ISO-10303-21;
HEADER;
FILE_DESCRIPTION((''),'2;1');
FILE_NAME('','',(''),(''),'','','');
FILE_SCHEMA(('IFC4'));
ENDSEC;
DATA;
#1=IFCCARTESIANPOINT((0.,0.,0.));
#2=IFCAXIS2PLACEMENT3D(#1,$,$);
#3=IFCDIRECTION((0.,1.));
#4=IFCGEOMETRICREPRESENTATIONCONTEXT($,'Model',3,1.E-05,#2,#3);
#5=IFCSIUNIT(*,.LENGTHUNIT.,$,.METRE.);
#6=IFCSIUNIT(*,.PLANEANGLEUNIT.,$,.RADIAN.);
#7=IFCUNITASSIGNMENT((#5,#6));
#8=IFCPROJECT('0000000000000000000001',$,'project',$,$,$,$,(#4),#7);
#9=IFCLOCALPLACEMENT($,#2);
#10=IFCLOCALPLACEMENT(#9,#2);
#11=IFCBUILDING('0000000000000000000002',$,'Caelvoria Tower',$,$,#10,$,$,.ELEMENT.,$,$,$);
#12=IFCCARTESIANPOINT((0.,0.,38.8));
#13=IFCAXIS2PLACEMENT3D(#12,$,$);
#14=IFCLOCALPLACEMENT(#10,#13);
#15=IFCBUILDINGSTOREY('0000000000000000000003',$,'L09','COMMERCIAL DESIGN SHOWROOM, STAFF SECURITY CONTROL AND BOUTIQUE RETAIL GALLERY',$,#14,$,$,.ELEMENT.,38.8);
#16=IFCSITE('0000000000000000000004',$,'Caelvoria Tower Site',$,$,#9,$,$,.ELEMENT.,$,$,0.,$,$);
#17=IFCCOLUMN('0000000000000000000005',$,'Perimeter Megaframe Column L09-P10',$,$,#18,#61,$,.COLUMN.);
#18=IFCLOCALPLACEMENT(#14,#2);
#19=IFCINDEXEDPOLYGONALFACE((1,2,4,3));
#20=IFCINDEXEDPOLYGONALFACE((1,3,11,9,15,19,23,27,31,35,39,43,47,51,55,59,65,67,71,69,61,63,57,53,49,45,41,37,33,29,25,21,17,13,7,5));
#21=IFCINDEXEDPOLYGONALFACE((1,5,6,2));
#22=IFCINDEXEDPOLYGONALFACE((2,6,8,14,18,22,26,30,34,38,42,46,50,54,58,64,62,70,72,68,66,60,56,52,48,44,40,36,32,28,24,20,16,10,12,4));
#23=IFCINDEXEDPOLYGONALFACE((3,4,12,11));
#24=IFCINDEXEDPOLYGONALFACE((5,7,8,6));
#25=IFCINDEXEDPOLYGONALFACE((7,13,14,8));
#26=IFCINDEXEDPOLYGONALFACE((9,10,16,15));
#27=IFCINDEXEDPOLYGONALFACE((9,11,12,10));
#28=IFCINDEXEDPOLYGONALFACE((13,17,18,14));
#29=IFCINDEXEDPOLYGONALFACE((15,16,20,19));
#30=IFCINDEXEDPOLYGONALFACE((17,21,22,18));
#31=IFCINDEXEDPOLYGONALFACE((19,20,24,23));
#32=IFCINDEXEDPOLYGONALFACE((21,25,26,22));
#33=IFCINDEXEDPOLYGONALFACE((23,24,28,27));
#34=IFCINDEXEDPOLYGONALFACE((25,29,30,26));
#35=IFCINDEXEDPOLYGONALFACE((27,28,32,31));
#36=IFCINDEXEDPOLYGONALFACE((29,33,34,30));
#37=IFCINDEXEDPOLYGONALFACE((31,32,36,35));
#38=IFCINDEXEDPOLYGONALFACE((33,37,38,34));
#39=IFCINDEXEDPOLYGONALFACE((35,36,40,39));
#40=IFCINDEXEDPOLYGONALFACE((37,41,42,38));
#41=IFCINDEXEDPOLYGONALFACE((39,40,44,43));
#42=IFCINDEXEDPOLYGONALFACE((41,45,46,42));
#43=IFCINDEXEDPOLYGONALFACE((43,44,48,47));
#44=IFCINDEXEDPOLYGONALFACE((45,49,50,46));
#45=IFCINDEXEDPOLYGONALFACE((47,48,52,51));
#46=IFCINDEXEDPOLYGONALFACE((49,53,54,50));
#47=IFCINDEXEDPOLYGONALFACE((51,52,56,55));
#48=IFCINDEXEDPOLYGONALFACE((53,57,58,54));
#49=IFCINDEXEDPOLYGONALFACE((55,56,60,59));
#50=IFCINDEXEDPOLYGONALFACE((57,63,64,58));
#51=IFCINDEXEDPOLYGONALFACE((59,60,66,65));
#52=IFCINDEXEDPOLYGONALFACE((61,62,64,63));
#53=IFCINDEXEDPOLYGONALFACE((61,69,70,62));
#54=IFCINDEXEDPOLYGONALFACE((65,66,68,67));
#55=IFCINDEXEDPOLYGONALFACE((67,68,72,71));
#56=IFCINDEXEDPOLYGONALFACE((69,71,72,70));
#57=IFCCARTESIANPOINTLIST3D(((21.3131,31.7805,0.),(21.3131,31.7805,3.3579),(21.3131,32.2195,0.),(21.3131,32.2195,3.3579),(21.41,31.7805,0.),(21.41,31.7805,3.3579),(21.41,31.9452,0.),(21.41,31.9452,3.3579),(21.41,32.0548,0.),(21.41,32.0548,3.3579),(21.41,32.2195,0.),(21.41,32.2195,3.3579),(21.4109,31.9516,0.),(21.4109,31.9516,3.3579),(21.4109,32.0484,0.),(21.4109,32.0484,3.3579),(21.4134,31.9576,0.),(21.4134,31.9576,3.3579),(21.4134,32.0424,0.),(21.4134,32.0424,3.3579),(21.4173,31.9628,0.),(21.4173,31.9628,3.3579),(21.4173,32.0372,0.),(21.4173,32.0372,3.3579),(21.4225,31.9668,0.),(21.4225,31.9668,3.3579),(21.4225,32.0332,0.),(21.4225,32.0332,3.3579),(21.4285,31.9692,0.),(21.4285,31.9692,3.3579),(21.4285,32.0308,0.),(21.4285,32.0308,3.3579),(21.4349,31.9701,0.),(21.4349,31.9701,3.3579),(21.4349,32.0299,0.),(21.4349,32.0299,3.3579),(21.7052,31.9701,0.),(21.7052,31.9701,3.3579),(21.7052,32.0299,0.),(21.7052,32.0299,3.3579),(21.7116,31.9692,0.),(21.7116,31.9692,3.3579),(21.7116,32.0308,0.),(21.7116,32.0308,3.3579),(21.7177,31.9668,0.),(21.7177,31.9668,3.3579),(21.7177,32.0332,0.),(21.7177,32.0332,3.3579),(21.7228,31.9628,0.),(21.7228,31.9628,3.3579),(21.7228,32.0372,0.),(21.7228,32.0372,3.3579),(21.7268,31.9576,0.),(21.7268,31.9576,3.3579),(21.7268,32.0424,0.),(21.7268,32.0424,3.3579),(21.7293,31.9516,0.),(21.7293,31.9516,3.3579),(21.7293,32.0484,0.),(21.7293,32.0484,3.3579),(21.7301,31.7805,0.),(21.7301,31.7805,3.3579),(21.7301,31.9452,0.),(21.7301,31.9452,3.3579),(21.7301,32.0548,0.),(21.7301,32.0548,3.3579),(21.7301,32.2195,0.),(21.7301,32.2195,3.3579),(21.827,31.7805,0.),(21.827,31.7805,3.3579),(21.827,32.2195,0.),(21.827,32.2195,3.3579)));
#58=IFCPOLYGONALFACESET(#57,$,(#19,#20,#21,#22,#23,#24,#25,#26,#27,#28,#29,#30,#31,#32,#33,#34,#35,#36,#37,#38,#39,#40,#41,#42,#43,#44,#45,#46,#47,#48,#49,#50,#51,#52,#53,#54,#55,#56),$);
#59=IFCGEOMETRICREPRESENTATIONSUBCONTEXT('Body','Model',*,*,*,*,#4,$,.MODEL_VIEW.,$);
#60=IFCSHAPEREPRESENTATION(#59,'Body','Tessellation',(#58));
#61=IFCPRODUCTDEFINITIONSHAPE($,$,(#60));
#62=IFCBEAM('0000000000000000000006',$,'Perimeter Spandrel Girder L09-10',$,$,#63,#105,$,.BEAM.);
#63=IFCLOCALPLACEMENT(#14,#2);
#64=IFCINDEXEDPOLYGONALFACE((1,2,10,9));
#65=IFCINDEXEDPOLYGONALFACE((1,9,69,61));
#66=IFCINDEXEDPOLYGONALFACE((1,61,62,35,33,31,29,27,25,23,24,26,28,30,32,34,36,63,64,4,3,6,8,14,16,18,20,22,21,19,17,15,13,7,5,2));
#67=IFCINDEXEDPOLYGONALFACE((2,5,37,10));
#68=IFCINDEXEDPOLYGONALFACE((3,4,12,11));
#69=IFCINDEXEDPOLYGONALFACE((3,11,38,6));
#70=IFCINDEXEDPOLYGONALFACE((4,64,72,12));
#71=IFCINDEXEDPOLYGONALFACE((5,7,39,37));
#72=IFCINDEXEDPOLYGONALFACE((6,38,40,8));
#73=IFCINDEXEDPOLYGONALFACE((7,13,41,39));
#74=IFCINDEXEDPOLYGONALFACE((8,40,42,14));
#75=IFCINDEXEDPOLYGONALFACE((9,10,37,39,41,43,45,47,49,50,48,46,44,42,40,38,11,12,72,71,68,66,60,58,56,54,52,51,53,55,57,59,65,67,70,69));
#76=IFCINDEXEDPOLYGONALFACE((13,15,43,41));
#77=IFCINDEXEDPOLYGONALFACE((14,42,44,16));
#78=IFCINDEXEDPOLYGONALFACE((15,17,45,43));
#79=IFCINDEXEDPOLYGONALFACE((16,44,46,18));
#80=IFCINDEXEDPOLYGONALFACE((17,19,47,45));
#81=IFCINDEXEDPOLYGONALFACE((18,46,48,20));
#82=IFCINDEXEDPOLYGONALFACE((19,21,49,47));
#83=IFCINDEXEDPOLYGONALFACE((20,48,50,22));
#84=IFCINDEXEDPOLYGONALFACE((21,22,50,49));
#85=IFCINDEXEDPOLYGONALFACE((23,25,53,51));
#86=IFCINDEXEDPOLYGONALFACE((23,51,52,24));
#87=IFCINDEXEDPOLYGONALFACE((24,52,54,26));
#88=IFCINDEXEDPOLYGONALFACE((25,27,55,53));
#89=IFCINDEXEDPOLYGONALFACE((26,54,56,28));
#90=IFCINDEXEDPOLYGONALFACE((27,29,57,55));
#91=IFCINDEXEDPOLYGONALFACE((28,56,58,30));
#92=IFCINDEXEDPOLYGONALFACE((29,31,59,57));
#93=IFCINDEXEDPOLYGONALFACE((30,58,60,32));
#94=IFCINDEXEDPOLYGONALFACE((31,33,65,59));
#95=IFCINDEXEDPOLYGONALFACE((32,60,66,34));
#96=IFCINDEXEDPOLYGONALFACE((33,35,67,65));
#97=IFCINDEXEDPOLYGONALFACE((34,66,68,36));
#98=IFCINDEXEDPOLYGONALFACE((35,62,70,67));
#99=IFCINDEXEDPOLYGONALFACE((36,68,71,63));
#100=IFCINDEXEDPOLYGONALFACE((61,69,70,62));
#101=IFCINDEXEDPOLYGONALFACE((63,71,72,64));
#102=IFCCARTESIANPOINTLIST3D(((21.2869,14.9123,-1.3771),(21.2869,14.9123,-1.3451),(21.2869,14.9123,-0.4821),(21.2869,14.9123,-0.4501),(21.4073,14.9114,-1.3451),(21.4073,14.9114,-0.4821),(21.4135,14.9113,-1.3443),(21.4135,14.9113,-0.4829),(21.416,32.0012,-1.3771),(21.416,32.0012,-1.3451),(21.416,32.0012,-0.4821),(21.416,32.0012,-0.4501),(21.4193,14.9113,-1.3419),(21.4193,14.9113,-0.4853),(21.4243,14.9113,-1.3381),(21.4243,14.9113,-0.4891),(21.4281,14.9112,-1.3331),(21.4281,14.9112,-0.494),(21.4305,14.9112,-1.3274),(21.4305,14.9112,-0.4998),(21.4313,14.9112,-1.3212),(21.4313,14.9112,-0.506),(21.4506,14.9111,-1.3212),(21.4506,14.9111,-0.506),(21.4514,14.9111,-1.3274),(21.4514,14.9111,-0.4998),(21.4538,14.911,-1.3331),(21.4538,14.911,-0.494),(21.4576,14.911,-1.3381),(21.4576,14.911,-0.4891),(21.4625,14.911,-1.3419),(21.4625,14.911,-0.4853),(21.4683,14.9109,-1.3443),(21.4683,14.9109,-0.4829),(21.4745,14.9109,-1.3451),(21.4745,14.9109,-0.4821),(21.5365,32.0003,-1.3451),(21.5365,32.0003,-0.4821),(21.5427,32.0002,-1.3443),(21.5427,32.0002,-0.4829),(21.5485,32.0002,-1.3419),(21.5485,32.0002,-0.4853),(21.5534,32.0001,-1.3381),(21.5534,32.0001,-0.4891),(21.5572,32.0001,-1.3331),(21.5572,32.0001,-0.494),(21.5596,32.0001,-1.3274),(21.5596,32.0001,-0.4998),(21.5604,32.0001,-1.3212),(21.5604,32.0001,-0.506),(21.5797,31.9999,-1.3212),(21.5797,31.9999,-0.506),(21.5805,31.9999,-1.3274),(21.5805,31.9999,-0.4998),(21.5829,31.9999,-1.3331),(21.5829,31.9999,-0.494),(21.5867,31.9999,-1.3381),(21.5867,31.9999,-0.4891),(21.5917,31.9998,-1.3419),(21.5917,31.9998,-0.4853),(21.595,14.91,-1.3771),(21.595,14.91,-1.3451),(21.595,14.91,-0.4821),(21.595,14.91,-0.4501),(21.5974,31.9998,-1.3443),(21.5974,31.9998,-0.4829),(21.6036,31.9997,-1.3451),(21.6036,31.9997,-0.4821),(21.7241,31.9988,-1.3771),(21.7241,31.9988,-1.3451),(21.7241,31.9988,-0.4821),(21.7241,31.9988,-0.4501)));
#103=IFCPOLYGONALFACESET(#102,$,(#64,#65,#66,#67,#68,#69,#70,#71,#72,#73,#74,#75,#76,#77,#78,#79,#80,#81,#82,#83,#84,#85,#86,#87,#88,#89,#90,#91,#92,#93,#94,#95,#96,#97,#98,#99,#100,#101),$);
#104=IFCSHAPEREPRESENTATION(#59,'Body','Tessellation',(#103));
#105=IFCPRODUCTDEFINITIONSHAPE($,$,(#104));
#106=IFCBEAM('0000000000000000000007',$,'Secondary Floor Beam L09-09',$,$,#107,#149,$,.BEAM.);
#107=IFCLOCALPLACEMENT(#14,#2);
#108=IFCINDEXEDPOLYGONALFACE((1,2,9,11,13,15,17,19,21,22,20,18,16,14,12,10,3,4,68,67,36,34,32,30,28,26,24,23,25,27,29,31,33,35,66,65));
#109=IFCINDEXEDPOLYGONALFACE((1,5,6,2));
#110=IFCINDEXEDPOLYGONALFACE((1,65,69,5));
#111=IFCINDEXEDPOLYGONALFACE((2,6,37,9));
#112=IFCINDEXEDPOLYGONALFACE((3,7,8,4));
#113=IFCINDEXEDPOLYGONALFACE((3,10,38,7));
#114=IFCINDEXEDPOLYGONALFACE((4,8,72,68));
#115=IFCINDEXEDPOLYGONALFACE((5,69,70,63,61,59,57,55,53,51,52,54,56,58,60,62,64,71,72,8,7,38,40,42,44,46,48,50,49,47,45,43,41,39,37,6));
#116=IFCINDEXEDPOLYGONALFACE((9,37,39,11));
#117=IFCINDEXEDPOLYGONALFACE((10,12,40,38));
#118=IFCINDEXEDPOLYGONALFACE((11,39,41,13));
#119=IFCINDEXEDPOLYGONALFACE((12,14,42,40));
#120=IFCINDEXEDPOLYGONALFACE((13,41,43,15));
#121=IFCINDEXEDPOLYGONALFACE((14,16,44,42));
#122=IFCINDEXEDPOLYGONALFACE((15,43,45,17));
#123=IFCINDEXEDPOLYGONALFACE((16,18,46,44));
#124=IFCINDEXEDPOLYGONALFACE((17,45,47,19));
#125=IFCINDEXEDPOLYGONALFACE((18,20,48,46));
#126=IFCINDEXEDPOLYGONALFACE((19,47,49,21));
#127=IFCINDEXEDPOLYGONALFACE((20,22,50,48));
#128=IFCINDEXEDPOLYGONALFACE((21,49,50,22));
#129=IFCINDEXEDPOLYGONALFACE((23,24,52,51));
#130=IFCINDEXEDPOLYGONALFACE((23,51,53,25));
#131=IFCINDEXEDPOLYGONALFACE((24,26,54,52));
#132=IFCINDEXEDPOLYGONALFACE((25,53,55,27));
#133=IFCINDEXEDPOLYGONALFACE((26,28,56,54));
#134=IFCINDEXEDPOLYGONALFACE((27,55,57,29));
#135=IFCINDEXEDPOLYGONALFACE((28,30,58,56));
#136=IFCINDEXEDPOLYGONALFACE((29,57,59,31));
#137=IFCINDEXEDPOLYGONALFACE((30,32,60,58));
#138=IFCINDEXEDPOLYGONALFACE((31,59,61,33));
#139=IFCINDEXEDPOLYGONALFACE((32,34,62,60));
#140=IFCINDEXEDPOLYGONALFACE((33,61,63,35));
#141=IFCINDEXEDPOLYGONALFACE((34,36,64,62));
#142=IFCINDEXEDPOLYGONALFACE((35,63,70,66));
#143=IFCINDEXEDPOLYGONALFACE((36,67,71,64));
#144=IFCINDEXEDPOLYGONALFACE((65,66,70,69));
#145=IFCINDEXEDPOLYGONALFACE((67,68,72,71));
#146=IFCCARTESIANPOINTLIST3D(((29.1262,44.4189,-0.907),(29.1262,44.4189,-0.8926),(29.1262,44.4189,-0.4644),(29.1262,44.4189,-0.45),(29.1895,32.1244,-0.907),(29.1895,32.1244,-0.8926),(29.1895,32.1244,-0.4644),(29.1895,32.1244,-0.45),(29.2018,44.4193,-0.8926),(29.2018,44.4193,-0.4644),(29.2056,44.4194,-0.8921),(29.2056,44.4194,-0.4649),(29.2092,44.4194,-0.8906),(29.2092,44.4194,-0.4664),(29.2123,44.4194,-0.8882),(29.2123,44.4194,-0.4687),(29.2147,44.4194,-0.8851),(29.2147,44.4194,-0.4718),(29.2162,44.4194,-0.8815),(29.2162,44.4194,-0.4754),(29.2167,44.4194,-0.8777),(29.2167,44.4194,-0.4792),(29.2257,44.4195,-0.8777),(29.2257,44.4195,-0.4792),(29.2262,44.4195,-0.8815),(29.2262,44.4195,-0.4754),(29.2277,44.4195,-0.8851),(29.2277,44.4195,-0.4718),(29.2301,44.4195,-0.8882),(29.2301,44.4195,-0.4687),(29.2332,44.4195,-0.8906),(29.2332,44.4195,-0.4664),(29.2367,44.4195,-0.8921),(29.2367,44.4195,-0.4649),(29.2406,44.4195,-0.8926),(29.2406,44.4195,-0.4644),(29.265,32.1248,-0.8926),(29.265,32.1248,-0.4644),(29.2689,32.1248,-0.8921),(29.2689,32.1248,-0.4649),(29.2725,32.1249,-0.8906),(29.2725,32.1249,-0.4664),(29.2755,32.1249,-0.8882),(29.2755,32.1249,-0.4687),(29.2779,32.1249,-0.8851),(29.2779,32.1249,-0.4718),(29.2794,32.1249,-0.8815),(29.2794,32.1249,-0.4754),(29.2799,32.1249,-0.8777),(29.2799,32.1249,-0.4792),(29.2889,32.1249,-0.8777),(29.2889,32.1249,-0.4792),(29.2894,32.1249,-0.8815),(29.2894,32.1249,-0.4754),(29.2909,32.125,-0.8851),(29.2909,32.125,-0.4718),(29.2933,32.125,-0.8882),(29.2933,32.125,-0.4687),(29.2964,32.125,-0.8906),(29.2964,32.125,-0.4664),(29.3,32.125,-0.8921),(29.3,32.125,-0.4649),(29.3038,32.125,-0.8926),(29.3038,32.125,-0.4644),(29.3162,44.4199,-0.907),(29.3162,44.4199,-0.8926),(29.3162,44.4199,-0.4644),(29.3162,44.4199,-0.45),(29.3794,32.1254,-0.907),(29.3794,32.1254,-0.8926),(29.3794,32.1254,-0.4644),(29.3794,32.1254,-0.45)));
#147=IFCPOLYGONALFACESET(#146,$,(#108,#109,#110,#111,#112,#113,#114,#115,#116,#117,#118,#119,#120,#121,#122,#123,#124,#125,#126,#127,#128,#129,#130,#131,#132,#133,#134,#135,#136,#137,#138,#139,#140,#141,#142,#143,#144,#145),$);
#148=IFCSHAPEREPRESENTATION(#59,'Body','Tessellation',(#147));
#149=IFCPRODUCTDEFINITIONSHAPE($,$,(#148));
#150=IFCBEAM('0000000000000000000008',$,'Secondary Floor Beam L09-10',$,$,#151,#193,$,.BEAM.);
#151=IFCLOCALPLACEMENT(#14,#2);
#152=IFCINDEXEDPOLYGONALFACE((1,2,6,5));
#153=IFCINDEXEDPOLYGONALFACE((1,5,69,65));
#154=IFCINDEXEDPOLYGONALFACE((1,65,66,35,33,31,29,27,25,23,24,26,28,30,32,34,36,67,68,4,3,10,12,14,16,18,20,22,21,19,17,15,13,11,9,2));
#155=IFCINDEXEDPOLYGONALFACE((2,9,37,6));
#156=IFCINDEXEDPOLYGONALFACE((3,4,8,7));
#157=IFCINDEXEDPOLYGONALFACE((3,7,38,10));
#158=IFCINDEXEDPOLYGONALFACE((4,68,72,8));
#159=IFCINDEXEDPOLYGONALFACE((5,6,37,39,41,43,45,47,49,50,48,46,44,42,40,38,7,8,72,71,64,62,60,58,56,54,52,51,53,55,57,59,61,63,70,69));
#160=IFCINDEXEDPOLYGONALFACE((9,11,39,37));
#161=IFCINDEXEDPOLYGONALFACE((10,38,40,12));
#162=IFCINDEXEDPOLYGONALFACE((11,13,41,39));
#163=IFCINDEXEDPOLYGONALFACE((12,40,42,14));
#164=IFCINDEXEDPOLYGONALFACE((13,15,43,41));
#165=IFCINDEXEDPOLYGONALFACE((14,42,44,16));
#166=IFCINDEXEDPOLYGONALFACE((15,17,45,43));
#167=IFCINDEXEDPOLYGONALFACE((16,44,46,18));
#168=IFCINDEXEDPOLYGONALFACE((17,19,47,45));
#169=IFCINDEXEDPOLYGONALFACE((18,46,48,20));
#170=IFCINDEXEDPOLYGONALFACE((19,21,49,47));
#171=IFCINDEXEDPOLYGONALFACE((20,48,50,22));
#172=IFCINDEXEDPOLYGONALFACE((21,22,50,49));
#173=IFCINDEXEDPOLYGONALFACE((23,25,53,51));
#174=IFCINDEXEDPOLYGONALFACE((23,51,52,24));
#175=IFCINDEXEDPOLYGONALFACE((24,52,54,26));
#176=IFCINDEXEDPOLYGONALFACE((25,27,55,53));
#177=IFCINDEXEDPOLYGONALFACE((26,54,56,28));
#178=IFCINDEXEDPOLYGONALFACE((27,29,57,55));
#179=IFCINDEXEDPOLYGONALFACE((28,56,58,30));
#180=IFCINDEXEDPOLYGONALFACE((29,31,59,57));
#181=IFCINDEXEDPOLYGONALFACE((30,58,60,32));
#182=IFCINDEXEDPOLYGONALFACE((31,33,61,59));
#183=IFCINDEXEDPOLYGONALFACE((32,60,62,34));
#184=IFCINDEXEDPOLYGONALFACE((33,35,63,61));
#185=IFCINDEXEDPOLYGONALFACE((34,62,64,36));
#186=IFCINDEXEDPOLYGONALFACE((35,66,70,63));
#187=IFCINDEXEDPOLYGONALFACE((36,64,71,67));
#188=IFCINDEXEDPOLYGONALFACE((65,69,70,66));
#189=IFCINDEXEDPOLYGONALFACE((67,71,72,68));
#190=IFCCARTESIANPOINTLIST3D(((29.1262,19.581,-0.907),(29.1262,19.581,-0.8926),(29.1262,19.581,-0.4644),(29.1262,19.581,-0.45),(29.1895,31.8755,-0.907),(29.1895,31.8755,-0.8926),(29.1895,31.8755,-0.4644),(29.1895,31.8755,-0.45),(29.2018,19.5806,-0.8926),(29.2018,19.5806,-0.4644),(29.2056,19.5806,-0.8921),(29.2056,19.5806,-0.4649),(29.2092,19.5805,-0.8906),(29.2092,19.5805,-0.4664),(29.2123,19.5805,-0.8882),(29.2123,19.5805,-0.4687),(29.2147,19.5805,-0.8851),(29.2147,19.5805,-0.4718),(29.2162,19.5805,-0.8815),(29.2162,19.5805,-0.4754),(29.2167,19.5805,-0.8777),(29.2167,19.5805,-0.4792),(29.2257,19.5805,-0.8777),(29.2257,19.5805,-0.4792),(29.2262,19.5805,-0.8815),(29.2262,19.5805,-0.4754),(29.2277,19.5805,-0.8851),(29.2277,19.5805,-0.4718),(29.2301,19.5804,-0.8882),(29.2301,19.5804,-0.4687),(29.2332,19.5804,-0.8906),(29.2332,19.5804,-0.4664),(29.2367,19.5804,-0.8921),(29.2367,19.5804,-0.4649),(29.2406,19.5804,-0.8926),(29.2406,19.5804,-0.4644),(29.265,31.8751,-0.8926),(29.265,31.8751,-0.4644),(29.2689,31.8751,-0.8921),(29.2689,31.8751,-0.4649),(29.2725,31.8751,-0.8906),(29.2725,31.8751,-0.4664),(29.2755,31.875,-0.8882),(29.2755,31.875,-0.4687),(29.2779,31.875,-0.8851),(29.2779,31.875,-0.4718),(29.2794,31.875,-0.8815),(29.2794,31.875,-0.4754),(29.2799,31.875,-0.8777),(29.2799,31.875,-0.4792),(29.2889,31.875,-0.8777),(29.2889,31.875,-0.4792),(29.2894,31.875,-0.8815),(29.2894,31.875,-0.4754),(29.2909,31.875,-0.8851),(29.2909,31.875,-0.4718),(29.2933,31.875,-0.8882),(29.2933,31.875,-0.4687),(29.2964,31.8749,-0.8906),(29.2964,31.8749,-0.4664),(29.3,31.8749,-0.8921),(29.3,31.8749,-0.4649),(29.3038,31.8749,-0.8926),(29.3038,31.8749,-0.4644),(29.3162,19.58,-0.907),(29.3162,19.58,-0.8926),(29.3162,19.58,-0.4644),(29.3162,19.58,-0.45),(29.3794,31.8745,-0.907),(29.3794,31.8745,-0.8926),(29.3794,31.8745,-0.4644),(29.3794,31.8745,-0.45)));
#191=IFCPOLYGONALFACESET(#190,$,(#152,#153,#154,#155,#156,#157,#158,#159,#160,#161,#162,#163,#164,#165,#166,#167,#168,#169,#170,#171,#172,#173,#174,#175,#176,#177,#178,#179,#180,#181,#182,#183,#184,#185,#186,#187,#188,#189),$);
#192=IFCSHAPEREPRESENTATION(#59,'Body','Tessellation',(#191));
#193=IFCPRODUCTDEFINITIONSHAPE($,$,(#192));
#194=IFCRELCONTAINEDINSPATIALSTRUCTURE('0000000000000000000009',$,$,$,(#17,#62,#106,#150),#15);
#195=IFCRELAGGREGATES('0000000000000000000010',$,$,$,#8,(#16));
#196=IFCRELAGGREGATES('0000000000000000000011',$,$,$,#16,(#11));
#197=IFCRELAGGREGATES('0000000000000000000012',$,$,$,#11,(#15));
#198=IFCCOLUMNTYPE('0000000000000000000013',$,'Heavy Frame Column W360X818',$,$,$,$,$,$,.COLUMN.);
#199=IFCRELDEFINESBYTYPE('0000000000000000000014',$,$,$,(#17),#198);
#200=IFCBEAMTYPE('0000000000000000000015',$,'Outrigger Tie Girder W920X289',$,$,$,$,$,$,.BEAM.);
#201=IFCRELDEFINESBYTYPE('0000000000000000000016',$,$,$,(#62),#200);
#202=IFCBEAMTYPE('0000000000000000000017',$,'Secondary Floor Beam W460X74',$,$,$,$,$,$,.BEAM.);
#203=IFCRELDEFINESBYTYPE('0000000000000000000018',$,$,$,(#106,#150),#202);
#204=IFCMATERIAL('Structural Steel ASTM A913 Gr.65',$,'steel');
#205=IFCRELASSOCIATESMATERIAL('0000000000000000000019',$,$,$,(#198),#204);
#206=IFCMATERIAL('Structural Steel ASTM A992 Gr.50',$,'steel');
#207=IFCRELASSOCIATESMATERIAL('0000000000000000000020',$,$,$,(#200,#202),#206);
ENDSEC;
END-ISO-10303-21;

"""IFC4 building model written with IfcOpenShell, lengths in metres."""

from ifc_helpers import new_model, si_unit, direction, frame, origin, origin_2d, place, context, subcontext, project, spatial, i_section, extrude, material, material_profile, profile_set, type_object, element, save


model = new_model("IFC4")

# Units and contexts
model_context = context("Model", 3, precision=1e-05, world=origin(), true_north=direction((0.0, 1.0)))
body_context = subcontext(model_context, "Body", "Model", "MODEL_VIEW")
ifc_project = project(units=[si_unit("LENGTHUNIT", "METRE"), si_unit("PLANEANGLEUNIT", "RADIAN")], contexts=[model_context])

# Site, building, storey
site_placement = place(None, origin())
site = spatial("IfcSite", under=ifc_project, at=site_placement, Name="Caelvoria Tower Site", CompositionType="ELEMENT", RefElevation=0.0)
building_placement = place(site_placement, origin())
building = spatial("IfcBuilding", under=site, at=building_placement, Name="Caelvoria Tower", CompositionType="ELEMENT")
storey_placement = place(building_placement, frame((0.0, 0.0, 38.8)))
storey = spatial("IfcBuildingStorey", under=building, at=storey_placement, Name="L09", Description="COMMERCIAL DESIGN SHOWROOM, STAFF SECURITY CONTROL AND BOUTIQUE RETAIL GALLERY", CompositionType="ELEMENT", Elevation=38.8)

# Column
ifc_material_1 = material(Name="Structural Steel ASTM A913 Gr.65", Category="steel")
ifc_material_profile_1 = material_profile(ifc_material_1, i_section(OverallWidth=0.439, OverallDepth=0.5139, WebThickness=0.0598, FlangeThickness=0.0969, FilletRadius=0.0249, at=origin_2d()), Name="Structural Steel ASTM A913 Gr.65")
ifc_profile_set_1 = profile_set([ifc_material_profile_1], Name="W360X818 - Structural Steel ASTM A913 Gr.65")
column_type = type_object("IfcColumnType", Name="Heavy Frame Column W360X818", PredefinedType="COLUMN", material=ifc_profile_set_1)
column_placement = place(storey_placement, frame((21.5701, 32.0, 0.0), z_axis=(0.0, 0.0, 1.0), x_axis=(0.0, 1.0, 0.0)))
element("IfcColumn", 1, at=column_placement, inside=storey, type_object=column_type, Name="Perimeter Megaframe Column L09-P10", PredefinedType="COLUMN", context=body_context, shape_type="SweptSolid", body=[
    extrude(i_section(OverallWidth=0.439, OverallDepth=0.5139, WebThickness=0.0598, FlangeThickness=0.0969, FilletRadius=0.0249, at=origin_2d()), origin(), (0.0, 0.0, 1.0), 3.3579),
])

# Beams
ifc_material_2 = material(Name="Structural Steel ASTM A992 Gr.50", Category="steel")
ifc_material_profile_2 = material_profile(ifc_material_2, i_section(OverallWidth=0.3081, OverallDepth=0.927, WebThickness=0.0193, FlangeThickness=0.032, FilletRadius=0.0239, at=origin_2d()), Name="Structural Steel ASTM A992 Gr.50")
ifc_profile_set_2 = profile_set([ifc_material_profile_2], Name="W920X289 - Structural Steel ASTM A992 Gr.50")
beam_type_1 = type_object("IfcBeamType", Name="Outrigger Tie Girder W920X289", PredefinedType="BEAM", material=ifc_profile_set_2)
beam_placement = place(storey_placement, frame((21.5701, 32.0, -0.9136), z_axis=(-0.007557, -0.999971, 0.0), x_axis=(0.999971, -0.007557, 0.0)))
element("IfcBeam", 2, at=beam_placement, inside=storey, type_object=beam_type_1, Name="Perimeter Spandrel Girder L09-10", PredefinedType="BEAM", context=body_context, shape_type="SweptSolid", body=[
    extrude(i_section(OverallWidth=0.3081, OverallDepth=0.927, WebThickness=0.0193, FlangeThickness=0.032, FilletRadius=0.0239, at=origin_2d()), origin(), (0.0, 0.0, 1.0), 17.0894),
])
ifc_material_profile_3 = material_profile(ifc_material_2, i_section(OverallWidth=0.1899, OverallDepth=0.457, WebThickness=0.009, FlangeThickness=0.0144, FilletRadius=0.0149, at=origin_2d()), Name="Structural Steel ASTM A992 Gr.50")
ifc_profile_set_3 = profile_set([ifc_material_profile_3], Name="W460X74 - Structural Steel ASTM A992 Gr.50")
beam_type_2 = type_object("IfcBeamType", Name="Secondary Floor Beam W460X74", PredefinedType="BEAM", material=ifc_profile_set_3)
for number, where, z_axis, x_axis, name in (
    (3, (29.2212, 44.4194, -0.6785), (0.005143, -0.999987, 0.0), (0.999987, 0.005143, 0.0), "Secondary Floor Beam L09-09"),
    (4, (29.2844, 31.875, -0.6785), (-0.005143, -0.999987, 0.0), (0.999987, -0.005143, 0.0), "Secondary Floor Beam L09-10"),
):
    element("IfcBeam", number, at=place(storey_placement, frame(where, z_axis=z_axis, x_axis=x_axis)), inside=storey, type_object=beam_type_2, Name=name, PredefinedType="BEAM", context=body_context, shape_type="SweptSolid", body=[
        extrude(i_section(OverallWidth=0.1899, OverallDepth=0.457, WebThickness=0.009, FlangeThickness=0.0144, FilletRadius=0.0149, at=origin_2d()), origin(), (0.0, 0.0, 1.0), 12.2947),
    ])

save(model, "model.ifc")
